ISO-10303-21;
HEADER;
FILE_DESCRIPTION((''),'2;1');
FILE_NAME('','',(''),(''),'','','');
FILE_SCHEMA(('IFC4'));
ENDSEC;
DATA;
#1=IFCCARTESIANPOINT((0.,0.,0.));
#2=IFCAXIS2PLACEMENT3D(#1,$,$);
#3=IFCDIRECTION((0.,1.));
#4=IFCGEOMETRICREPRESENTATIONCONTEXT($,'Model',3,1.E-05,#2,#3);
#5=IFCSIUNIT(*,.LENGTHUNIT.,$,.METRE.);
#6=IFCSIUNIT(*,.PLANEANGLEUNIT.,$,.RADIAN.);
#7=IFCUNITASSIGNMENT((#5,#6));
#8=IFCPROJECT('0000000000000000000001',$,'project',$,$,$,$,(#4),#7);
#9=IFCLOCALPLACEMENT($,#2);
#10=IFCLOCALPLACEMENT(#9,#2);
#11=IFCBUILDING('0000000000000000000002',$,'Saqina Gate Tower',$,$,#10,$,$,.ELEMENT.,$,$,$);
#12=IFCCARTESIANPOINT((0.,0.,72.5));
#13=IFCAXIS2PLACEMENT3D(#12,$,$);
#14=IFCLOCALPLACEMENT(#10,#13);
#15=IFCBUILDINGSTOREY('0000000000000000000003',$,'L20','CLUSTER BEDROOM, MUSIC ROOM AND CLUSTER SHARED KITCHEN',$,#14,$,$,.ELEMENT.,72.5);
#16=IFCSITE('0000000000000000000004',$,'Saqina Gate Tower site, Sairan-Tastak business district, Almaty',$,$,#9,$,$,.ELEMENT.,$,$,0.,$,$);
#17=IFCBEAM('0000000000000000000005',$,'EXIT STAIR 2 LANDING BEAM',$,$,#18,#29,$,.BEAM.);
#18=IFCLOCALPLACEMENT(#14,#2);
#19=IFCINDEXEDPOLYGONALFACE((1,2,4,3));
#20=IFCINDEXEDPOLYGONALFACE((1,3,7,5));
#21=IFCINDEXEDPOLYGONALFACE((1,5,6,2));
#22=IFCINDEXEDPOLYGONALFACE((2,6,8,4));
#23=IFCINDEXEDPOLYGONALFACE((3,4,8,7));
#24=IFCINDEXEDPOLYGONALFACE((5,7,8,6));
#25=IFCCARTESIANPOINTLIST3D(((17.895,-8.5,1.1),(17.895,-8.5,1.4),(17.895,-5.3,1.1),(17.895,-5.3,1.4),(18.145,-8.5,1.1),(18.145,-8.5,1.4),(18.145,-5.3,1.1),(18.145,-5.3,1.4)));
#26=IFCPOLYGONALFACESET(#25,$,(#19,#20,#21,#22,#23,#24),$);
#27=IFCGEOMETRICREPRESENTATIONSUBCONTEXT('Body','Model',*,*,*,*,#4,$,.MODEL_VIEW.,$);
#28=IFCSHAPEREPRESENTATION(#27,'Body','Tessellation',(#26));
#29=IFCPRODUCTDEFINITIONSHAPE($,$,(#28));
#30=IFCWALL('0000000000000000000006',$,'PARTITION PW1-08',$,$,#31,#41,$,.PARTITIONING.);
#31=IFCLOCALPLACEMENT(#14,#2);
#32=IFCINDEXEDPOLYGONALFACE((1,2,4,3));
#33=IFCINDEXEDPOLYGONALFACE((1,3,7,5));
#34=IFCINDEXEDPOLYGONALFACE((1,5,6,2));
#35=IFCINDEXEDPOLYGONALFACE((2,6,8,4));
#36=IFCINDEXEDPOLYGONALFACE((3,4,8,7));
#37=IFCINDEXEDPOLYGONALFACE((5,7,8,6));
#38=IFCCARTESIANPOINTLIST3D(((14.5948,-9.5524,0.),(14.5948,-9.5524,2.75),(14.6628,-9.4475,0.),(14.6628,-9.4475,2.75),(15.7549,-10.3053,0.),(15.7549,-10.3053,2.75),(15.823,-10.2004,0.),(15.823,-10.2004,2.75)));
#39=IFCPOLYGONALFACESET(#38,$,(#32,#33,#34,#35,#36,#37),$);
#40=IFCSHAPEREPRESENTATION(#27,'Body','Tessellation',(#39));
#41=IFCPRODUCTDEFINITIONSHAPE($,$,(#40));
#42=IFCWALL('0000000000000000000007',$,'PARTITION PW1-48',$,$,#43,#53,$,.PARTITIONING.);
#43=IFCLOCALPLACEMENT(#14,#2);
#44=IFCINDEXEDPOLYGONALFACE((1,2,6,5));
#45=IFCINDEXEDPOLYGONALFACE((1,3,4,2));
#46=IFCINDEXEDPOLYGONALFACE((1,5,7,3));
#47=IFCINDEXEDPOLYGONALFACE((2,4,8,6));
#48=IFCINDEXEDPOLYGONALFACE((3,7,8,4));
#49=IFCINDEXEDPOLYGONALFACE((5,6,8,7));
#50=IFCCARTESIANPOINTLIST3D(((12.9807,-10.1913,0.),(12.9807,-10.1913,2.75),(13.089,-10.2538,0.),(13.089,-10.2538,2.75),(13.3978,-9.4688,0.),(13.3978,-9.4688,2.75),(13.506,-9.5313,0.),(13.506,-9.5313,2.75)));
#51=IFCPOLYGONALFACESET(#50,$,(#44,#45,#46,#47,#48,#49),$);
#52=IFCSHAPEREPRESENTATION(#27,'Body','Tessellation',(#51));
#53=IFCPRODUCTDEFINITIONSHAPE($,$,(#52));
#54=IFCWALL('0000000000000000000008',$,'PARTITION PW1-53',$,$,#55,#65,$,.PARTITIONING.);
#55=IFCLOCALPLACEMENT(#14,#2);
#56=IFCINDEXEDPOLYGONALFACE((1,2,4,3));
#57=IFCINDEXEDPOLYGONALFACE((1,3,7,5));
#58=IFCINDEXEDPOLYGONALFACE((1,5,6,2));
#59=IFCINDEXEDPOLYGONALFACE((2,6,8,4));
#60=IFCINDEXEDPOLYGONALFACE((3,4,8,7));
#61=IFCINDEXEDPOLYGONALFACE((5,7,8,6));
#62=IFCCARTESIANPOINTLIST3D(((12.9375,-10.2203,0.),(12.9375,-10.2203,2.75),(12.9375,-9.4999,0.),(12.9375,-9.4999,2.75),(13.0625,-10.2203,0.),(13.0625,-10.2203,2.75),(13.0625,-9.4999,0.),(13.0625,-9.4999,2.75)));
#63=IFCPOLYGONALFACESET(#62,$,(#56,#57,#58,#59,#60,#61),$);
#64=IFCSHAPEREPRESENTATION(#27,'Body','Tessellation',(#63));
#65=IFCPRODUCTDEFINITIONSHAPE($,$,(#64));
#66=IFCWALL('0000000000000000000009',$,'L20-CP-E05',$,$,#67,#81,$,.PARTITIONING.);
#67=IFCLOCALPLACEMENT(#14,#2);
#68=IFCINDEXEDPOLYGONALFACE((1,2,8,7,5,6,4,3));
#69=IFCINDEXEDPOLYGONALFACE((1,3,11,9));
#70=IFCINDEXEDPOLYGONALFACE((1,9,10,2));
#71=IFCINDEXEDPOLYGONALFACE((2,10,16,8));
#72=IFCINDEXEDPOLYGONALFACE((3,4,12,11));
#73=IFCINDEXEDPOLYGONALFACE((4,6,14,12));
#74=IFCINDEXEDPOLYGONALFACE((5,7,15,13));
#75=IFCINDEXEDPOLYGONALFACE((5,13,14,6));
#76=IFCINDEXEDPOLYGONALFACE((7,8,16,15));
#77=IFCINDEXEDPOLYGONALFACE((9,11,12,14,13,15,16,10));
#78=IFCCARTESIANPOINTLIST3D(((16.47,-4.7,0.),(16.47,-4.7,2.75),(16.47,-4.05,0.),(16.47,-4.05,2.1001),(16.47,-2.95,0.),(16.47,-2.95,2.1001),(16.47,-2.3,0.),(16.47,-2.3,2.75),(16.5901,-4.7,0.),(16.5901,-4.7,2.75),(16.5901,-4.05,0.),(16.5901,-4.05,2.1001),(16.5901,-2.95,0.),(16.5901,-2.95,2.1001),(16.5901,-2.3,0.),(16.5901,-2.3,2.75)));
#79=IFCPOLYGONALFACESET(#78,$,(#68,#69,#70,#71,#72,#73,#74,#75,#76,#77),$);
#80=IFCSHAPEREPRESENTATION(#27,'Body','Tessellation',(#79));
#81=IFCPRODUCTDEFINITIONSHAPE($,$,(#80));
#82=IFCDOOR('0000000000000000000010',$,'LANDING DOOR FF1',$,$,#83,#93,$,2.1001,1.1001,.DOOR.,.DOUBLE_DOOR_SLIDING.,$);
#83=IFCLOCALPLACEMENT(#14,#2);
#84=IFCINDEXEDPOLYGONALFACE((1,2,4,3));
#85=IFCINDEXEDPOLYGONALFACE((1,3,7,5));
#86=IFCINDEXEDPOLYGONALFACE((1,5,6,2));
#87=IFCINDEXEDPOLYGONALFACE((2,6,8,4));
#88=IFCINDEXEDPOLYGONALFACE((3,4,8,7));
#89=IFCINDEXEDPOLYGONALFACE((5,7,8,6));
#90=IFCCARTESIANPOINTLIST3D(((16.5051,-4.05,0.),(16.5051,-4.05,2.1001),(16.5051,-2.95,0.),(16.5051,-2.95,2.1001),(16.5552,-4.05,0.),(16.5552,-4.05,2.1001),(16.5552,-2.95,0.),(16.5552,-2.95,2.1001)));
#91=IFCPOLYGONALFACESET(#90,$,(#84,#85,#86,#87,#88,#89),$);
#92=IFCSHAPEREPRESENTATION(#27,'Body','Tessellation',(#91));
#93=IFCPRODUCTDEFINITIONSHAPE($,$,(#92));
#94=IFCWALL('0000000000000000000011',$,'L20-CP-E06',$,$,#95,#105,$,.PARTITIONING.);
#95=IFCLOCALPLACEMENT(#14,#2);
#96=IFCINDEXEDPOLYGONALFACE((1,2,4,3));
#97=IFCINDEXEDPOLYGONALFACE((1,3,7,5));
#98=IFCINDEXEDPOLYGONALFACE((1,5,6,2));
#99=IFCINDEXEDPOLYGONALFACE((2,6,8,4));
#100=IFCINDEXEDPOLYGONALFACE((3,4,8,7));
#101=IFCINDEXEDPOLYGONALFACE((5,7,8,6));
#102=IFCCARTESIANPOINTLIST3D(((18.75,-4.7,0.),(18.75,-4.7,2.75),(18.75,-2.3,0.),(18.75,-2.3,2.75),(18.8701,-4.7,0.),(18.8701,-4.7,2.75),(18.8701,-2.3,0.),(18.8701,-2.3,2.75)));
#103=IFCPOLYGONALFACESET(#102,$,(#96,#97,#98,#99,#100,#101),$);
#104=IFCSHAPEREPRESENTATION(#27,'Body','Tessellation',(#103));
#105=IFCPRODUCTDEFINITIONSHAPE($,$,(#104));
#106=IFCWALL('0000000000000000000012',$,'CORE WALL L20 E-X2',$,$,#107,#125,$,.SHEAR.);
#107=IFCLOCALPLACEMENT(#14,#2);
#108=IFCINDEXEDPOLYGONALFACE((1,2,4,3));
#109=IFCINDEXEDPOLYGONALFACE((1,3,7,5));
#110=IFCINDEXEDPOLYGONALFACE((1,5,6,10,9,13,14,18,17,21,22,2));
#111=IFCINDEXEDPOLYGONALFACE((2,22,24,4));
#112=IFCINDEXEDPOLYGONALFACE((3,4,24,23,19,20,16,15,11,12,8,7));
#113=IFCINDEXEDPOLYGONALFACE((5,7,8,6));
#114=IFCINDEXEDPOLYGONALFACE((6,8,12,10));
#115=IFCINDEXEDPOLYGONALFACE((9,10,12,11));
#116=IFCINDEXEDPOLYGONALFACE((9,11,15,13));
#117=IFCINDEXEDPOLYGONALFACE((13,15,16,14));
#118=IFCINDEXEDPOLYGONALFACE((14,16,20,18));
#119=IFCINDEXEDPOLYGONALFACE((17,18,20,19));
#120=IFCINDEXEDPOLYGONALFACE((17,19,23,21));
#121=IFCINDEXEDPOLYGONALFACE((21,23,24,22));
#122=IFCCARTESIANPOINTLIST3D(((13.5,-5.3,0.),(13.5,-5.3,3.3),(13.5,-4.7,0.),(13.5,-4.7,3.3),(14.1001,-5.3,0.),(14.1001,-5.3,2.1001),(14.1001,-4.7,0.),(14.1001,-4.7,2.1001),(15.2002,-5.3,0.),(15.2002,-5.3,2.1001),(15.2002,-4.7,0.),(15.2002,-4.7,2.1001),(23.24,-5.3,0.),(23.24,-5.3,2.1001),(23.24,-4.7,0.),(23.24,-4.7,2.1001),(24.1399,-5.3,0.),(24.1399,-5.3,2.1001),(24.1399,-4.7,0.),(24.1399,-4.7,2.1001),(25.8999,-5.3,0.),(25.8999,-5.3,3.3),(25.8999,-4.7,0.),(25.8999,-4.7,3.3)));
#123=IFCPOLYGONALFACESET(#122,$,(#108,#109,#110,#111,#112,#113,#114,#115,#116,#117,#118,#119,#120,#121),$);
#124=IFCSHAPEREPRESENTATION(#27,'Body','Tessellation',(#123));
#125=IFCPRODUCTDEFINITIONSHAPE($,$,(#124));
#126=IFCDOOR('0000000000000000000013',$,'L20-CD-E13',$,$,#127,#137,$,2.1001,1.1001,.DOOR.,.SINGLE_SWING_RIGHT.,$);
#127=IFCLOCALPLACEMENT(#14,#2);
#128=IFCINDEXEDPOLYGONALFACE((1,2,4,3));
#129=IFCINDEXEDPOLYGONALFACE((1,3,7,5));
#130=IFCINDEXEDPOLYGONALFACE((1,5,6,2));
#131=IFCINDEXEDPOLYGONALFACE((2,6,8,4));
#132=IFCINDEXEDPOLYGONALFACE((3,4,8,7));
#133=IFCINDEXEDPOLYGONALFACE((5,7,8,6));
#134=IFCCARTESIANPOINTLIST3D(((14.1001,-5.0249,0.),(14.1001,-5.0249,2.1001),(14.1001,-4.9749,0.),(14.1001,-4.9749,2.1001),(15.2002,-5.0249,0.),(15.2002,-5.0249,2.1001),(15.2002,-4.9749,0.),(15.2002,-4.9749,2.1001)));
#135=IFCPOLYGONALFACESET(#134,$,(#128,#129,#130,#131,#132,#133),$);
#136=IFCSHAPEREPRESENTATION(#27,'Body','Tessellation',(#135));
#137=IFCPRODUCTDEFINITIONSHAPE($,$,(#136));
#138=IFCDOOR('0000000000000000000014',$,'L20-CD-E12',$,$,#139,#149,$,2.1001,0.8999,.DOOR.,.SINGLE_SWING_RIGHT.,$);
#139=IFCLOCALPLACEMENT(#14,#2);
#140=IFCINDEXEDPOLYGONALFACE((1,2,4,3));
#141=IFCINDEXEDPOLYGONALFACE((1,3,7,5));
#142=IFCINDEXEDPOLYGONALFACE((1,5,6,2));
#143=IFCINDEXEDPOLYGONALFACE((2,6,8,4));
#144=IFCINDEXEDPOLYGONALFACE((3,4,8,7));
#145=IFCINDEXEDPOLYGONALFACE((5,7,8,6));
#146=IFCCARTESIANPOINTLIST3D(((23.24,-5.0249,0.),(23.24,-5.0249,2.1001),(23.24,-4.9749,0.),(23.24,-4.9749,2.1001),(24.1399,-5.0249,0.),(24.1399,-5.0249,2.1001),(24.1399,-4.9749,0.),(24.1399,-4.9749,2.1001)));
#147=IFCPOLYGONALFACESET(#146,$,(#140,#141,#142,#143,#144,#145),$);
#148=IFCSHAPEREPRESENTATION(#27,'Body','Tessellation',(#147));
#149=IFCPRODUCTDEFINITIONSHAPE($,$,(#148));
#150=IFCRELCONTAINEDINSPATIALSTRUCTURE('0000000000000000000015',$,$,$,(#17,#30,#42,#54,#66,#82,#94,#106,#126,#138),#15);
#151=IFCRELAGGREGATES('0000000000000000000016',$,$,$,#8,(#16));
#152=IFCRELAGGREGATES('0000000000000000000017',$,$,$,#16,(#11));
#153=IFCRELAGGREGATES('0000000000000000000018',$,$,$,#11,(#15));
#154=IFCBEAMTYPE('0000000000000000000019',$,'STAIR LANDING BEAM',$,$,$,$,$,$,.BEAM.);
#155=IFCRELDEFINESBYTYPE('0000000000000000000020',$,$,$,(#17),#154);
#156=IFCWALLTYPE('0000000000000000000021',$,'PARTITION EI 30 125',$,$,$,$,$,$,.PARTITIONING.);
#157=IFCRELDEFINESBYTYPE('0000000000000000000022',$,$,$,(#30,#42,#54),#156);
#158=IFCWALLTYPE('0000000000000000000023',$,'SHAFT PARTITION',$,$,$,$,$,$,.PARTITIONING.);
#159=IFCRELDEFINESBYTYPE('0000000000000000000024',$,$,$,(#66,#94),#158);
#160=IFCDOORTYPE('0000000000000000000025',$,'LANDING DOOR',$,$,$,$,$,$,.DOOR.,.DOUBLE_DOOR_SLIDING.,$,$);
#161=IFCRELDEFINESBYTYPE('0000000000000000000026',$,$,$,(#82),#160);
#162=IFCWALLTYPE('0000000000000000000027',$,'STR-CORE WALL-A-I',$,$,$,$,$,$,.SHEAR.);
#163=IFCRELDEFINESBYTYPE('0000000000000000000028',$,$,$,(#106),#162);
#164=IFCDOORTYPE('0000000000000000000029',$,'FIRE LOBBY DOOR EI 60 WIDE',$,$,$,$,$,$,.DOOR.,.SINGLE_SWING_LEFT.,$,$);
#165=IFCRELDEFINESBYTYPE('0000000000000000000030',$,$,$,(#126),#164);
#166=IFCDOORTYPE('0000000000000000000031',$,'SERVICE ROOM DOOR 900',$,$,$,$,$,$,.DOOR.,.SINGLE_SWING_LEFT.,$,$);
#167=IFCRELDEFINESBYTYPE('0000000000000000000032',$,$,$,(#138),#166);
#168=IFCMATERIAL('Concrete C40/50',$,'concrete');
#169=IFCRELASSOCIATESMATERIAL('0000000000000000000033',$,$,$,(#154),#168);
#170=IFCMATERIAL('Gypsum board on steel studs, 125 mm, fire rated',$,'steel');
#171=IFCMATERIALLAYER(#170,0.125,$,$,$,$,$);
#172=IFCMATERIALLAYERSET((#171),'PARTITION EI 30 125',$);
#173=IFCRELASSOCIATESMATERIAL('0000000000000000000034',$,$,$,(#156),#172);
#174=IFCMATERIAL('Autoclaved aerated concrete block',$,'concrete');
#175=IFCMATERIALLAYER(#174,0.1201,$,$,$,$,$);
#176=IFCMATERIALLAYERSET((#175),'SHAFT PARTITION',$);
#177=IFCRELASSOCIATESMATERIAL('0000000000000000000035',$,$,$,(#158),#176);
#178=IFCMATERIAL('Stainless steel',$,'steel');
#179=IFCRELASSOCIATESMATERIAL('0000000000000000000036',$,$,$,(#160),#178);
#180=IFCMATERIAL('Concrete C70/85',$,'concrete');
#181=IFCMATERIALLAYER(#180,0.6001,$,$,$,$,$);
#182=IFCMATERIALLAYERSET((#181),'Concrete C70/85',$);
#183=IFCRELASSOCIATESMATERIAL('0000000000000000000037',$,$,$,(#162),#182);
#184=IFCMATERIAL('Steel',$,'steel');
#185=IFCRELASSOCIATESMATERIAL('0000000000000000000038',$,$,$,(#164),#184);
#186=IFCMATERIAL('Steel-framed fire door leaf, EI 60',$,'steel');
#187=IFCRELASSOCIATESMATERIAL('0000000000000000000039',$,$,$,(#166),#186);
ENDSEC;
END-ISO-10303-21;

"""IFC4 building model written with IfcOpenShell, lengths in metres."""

from ifc_helpers import new_model, si_unit, direction, frame, frame_2d, origin, origin_2d, place, context, subcontext, project, spatial, rectangle, extrude, material, layer, layer_set, material_profile, profile_set, type_object, element, fill, save


model = new_model("IFC4")

# Units and contexts
model_context = context("Model", 3, precision=1e-05, world=origin(), true_north=direction((0.0, 1.0)))
body_context = subcontext(model_context, "Body", "Model", "MODEL_VIEW")
ifc_project = project(units=[si_unit("LENGTHUNIT", "METRE"), si_unit("PLANEANGLEUNIT", "RADIAN")], contexts=[model_context])

# Site, building, storey
site_placement = place(None, origin())
site = spatial("IfcSite", under=ifc_project, at=site_placement, Name="Saqina Gate Tower site, Sairan-Tastak business district, Almaty", CompositionType="ELEMENT", RefElevation=0.0)
building_placement = place(site_placement, origin())
building = spatial("IfcBuilding", under=site, at=building_placement, Name="Saqina Gate Tower", CompositionType="ELEMENT")
storey_placement = place(building_placement, frame((0.0, 0.0, 72.5)))
storey = spatial("IfcBuildingStorey", under=building, at=storey_placement, Name="L20", Description="CLUSTER BEDROOM, MUSIC ROOM AND CLUSTER SHARED KITCHEN", CompositionType="ELEMENT", Elevation=72.5)

# Beam
ifc_material_1 = material(Name="Concrete C40/50", Category="concrete")
ifc_material_profile = material_profile(ifc_material_1, rectangle(XDim=0.25, YDim=0.3, at=origin_2d()), Name="STAIR LANDING BEAM")
ifc_profile_set = profile_set([ifc_material_profile], Name="Concrete C40/50")
beam_type = type_object("IfcBeamType", Name="STAIR LANDING BEAM", PredefinedType="BEAM", material=ifc_profile_set)
beam_placement = place(storey_placement, frame((18.02, -8.5, 1.25), z_axis=(0.0, 1.0, 0.0), x_axis=(-1.0, 0.0, 0.0)))
element("IfcBeam", 1, at=beam_placement, inside=storey, type_object=beam_type, Name="EXIT STAIR 2 LANDING BEAM", PredefinedType="BEAM", context=body_context, shape_type="SweptSolid", body=[
    extrude(rectangle(XDim=0.25, YDim=0.3, at=origin_2d()), origin(), (0.0, 0.0, 1.0), 3.2),
])

# Walls
ifc_material_2 = material(Name="Gypsum board on steel studs, 125 mm, fire rated", Category="steel")
ifc_layer_1 = layer(ifc_material_2, 0.125)
ifc_layer_set_1 = layer_set([ifc_layer_1], Name="PARTITION EI 30 125")
wall_type_1 = type_object("IfcWallType", Name="PARTITION EI 30 125", PredefinedType="PARTITIONING", material=ifc_layer_set_1)
wall_1_placement = place(storey_placement, frame((14.6289, -9.5, 0.0), z_axis=(0.0, 0.0, 1.0), x_axis=(0.838831, -0.544393, 0.0)))
element("IfcWall", 2, at=wall_1_placement, inside=storey, type_object=wall_type_1, Name="PARTITION PW1-08", PredefinedType="PARTITIONING", context=body_context, shape_type="SweptSolid", body=[
    extrude(rectangle(XDim=1.3831, YDim=0.125, at=frame_2d((0.6914, 0.0))), origin(), (0.0, 0.0, 1.0), 2.75),
])
wall_2_placement = place(storey_placement, frame((13.0349, -10.2224, 0.0), z_axis=(0.0, 0.0, 1.0), x_axis=(0.499917, 0.866073, 0.0)))
element("IfcWall", 3, at=wall_2_placement, inside=storey, type_object=wall_type_1, Name="PARTITION PW1-48", PredefinedType="PARTITIONING", context=body_context, shape_type="SweptSolid", body=[
    extrude(rectangle(XDim=0.8342, YDim=0.125, at=frame_2d((0.417, 0.0))), origin(), (0.0, 0.0, 1.0), 2.75),
])
wall_3_placement = place(storey_placement, frame((13.0, -10.2205, 0.0), z_axis=(0.0, 0.0, 1.0), x_axis=(0.0, 1.0, 0.0)))
element("IfcWall", 4, at=wall_3_placement, inside=storey, type_object=wall_type_1, Name="PARTITION PW1-53", PredefinedType="PARTITIONING", context=body_context, shape_type="SweptSolid", body=[
    extrude(rectangle(XDim=0.7205, YDim=0.125, at=frame_2d((0.3604, 0.0))), origin(), (0.0, 0.0, 1.0), 2.75),
])

# Wall, opening, door
ifc_material_3 = material(Name="Autoclaved aerated concrete block", Category="concrete")
ifc_layer_2 = layer(ifc_material_3, 0.1201)
ifc_layer_set_2 = layer_set([ifc_layer_2], Name="SHAFT PARTITION")
wall_type_2 = type_object("IfcWallType", Name="SHAFT PARTITION", PredefinedType="PARTITIONING", material=ifc_layer_set_2)
wall_4_placement = place(storey_placement, frame((16.53, -4.7, 0.0), z_axis=(0.0, 0.0, 1.0), x_axis=(0.0, 1.0, 0.0)))
wall_4 = element("IfcWall", 5, at=wall_4_placement, inside=storey, type_object=wall_type_2, Name="L20-CP-E05", PredefinedType="PARTITIONING", context=body_context, shape_type="SweptSolid", body=[
    extrude(rectangle(XDim=2.3999, YDim=0.1201, at=frame_2d((1.2, 0.0))), origin(), (0.0, 0.0, 1.0), 2.75),
])
opening_1_placement = place(wall_4_placement, frame((0.6499, 0.0, 0.0)))
opening_1 = element("IfcOpeningElement", 6, at=opening_1_placement, cuts=wall_4, PredefinedType="OPENING", context=body_context, shape_type="SweptSolid", body=[
    extrude(rectangle(XDim=1.1001, YDim=2.1001, at=frame_2d((0.55, 1.05))), frame((0.0, 0.072, 0.0), z_axis=(0.0, -1.0, 0.0), x_axis=(1.0, 0.0, 0.0)), (0.0, 0.0, 1.0), 0.144),
])
ifc_material_4 = material(Name="Stainless steel", Category="steel")
door_type_1 = type_object("IfcDoorType", Name="LANDING DOOR", OperationType="DOUBLE_DOOR_SLIDING", PredefinedType="DOOR", material=ifc_material_4)
door_1_placement = place(opening_1_placement, origin())
door_1 = element("IfcDoor", 7, at=door_1_placement, inside=storey, type_object=door_type_1, Name="LANDING DOOR FF1", OperationType="DOUBLE_DOOR_SLIDING", OverallHeight=2.1001, OverallWidth=1.1001, PredefinedType="DOOR", context=body_context, shape_type="SweptSolid", body=[
    extrude(rectangle(XDim=1.1001, YDim=2.1001, at=frame_2d((0.55, 1.05))), frame((0.0, 0.0249, 0.0), z_axis=(0.0, -1.0, 0.0), x_axis=(1.0, 0.0, 0.0)), (0.0, 0.0, 1.0), 0.05),
])
fill(opening_1, door_1)

# Wall
wall_5_placement = place(storey_placement, frame((18.8101, -4.7, 0.0), z_axis=(0.0, 0.0, 1.0), x_axis=(0.0, 1.0, 0.0)))
element("IfcWall", 8, at=wall_5_placement, inside=storey, type_object=wall_type_2, Name="L20-CP-E06", PredefinedType="PARTITIONING", context=body_context, shape_type="SweptSolid", body=[
    extrude(rectangle(XDim=2.3999, YDim=0.1201, at=frame_2d((1.2, 0.0))), origin(), (0.0, 0.0, 1.0), 2.75),
])

# Wall, openings, doors
ifc_material_5 = material(Name="Concrete C70/85", Category="concrete")
ifc_layer_3 = layer(ifc_material_5, 0.6001)
ifc_layer_set_3 = layer_set([ifc_layer_3], Name="Concrete C70/85")
wall_type_3 = type_object("IfcWallType", Name="STR-CORE WALL-A-I", PredefinedType="SHEAR", material=ifc_layer_set_3)
wall_6_placement = place(storey_placement, frame((13.5, -5.0, 0.0), z_axis=(0.0, 0.0, 1.0), x_axis=(1.0, 0.0, 0.0)))
wall_6 = element("IfcWall", 9, at=wall_6_placement, inside=storey, type_object=wall_type_3, Name="CORE WALL L20 E-X2", PredefinedType="SHEAR", context=body_context, shape_type="SweptSolid", body=[
    extrude(rectangle(XDim=12.3999, YDim=0.6001, at=frame_2d((6.2, 0.0))), origin(), (0.0, 0.0, 1.0), 3.3),
])
opening_2_placement = place(wall_6_placement, frame((9.74, 0.0, 0.0)))
opening_2 = element("IfcOpeningElement", 10, at=opening_2_placement, cuts=wall_6, PredefinedType="OPENING", context=body_context, shape_type="SweptSolid", body=[
    extrude(rectangle(XDim=0.8999, YDim=2.1001, at=frame_2d((0.45, 1.05))), frame((0.0, 0.312, 0.0), z_axis=(0.0, -1.0, 0.0), x_axis=(1.0, 0.0, 0.0)), (0.0, 0.0, 1.0), 0.624),
])
opening_3_placement = place(wall_6_placement, frame((0.6001, 0.0, 0.0)))
opening_3 = element("IfcOpeningElement", 11, at=opening_3_placement, cuts=wall_6, PredefinedType="OPENING", context=body_context, shape_type="SweptSolid", body=[
    extrude(rectangle(XDim=1.1001, YDim=2.1001, at=frame_2d((0.55, 1.05))), frame((0.0, 0.312, 0.0), z_axis=(0.0, -1.0, 0.0), x_axis=(1.0, 0.0, 0.0)), (0.0, 0.0, 1.0), 0.624),
])
ifc_material_6 = material(Name="Steel", Category="steel")
door_type_2 = type_object("IfcDoorType", Name="FIRE LOBBY DOOR EI 60 WIDE", OperationType="SINGLE_SWING_LEFT", PredefinedType="DOOR", material=ifc_material_6)
door_2_placement = place(opening_3_placement, frame((1.1001, 0.0, 0.0), z_axis=(0.0, 0.0, 1.0), x_axis=(-1.0, 0.0, 0.0)))
door_2 = element("IfcDoor", 12, at=door_2_placement, inside=storey, type_object=door_type_2, Name="L20-CD-E13", OperationType="SINGLE_SWING_RIGHT", OverallHeight=2.1001, OverallWidth=1.1001, PredefinedType="DOOR", context=body_context, shape_type="SweptSolid", body=[
    extrude(rectangle(XDim=1.1001, YDim=2.1001, at=frame_2d((0.55, 1.05))), frame((0.0, 0.0249, 0.0), z_axis=(0.0, -1.0, 0.0), x_axis=(1.0, 0.0, 0.0)), (0.0, 0.0, 1.0), 0.05),
])
fill(opening_3, door_2)
ifc_material_7 = material(Name="Steel-framed fire door leaf, EI 60", Category="steel")
door_type_3 = type_object("IfcDoorType", Name="SERVICE ROOM DOOR 900", OperationType="SINGLE_SWING_LEFT", PredefinedType="DOOR", material=ifc_material_7)
door_3_placement = place(opening_2_placement, frame((0.8999, 0.0, 0.0), z_axis=(0.0, 0.0, 1.0), x_axis=(-1.0, 0.0, 0.0)))
door_3 = element("IfcDoor", 13, at=door_3_placement, inside=storey, type_object=door_type_3, Name="L20-CD-E12", OperationType="SINGLE_SWING_RIGHT", OverallHeight=2.1001, OverallWidth=0.8999, PredefinedType="DOOR", context=body_context, shape_type="SweptSolid", body=[
    extrude(rectangle(XDim=0.8999, YDim=2.1001, at=frame_2d((0.45, 1.05))), frame((0.0, 0.0249, 0.0), z_axis=(0.0, -1.0, 0.0), x_axis=(1.0, 0.0, 0.0)), (0.0, 0.0, 1.0), 0.05),
])
fill(opening_2, door_3)

save(model, "model.ifc")
